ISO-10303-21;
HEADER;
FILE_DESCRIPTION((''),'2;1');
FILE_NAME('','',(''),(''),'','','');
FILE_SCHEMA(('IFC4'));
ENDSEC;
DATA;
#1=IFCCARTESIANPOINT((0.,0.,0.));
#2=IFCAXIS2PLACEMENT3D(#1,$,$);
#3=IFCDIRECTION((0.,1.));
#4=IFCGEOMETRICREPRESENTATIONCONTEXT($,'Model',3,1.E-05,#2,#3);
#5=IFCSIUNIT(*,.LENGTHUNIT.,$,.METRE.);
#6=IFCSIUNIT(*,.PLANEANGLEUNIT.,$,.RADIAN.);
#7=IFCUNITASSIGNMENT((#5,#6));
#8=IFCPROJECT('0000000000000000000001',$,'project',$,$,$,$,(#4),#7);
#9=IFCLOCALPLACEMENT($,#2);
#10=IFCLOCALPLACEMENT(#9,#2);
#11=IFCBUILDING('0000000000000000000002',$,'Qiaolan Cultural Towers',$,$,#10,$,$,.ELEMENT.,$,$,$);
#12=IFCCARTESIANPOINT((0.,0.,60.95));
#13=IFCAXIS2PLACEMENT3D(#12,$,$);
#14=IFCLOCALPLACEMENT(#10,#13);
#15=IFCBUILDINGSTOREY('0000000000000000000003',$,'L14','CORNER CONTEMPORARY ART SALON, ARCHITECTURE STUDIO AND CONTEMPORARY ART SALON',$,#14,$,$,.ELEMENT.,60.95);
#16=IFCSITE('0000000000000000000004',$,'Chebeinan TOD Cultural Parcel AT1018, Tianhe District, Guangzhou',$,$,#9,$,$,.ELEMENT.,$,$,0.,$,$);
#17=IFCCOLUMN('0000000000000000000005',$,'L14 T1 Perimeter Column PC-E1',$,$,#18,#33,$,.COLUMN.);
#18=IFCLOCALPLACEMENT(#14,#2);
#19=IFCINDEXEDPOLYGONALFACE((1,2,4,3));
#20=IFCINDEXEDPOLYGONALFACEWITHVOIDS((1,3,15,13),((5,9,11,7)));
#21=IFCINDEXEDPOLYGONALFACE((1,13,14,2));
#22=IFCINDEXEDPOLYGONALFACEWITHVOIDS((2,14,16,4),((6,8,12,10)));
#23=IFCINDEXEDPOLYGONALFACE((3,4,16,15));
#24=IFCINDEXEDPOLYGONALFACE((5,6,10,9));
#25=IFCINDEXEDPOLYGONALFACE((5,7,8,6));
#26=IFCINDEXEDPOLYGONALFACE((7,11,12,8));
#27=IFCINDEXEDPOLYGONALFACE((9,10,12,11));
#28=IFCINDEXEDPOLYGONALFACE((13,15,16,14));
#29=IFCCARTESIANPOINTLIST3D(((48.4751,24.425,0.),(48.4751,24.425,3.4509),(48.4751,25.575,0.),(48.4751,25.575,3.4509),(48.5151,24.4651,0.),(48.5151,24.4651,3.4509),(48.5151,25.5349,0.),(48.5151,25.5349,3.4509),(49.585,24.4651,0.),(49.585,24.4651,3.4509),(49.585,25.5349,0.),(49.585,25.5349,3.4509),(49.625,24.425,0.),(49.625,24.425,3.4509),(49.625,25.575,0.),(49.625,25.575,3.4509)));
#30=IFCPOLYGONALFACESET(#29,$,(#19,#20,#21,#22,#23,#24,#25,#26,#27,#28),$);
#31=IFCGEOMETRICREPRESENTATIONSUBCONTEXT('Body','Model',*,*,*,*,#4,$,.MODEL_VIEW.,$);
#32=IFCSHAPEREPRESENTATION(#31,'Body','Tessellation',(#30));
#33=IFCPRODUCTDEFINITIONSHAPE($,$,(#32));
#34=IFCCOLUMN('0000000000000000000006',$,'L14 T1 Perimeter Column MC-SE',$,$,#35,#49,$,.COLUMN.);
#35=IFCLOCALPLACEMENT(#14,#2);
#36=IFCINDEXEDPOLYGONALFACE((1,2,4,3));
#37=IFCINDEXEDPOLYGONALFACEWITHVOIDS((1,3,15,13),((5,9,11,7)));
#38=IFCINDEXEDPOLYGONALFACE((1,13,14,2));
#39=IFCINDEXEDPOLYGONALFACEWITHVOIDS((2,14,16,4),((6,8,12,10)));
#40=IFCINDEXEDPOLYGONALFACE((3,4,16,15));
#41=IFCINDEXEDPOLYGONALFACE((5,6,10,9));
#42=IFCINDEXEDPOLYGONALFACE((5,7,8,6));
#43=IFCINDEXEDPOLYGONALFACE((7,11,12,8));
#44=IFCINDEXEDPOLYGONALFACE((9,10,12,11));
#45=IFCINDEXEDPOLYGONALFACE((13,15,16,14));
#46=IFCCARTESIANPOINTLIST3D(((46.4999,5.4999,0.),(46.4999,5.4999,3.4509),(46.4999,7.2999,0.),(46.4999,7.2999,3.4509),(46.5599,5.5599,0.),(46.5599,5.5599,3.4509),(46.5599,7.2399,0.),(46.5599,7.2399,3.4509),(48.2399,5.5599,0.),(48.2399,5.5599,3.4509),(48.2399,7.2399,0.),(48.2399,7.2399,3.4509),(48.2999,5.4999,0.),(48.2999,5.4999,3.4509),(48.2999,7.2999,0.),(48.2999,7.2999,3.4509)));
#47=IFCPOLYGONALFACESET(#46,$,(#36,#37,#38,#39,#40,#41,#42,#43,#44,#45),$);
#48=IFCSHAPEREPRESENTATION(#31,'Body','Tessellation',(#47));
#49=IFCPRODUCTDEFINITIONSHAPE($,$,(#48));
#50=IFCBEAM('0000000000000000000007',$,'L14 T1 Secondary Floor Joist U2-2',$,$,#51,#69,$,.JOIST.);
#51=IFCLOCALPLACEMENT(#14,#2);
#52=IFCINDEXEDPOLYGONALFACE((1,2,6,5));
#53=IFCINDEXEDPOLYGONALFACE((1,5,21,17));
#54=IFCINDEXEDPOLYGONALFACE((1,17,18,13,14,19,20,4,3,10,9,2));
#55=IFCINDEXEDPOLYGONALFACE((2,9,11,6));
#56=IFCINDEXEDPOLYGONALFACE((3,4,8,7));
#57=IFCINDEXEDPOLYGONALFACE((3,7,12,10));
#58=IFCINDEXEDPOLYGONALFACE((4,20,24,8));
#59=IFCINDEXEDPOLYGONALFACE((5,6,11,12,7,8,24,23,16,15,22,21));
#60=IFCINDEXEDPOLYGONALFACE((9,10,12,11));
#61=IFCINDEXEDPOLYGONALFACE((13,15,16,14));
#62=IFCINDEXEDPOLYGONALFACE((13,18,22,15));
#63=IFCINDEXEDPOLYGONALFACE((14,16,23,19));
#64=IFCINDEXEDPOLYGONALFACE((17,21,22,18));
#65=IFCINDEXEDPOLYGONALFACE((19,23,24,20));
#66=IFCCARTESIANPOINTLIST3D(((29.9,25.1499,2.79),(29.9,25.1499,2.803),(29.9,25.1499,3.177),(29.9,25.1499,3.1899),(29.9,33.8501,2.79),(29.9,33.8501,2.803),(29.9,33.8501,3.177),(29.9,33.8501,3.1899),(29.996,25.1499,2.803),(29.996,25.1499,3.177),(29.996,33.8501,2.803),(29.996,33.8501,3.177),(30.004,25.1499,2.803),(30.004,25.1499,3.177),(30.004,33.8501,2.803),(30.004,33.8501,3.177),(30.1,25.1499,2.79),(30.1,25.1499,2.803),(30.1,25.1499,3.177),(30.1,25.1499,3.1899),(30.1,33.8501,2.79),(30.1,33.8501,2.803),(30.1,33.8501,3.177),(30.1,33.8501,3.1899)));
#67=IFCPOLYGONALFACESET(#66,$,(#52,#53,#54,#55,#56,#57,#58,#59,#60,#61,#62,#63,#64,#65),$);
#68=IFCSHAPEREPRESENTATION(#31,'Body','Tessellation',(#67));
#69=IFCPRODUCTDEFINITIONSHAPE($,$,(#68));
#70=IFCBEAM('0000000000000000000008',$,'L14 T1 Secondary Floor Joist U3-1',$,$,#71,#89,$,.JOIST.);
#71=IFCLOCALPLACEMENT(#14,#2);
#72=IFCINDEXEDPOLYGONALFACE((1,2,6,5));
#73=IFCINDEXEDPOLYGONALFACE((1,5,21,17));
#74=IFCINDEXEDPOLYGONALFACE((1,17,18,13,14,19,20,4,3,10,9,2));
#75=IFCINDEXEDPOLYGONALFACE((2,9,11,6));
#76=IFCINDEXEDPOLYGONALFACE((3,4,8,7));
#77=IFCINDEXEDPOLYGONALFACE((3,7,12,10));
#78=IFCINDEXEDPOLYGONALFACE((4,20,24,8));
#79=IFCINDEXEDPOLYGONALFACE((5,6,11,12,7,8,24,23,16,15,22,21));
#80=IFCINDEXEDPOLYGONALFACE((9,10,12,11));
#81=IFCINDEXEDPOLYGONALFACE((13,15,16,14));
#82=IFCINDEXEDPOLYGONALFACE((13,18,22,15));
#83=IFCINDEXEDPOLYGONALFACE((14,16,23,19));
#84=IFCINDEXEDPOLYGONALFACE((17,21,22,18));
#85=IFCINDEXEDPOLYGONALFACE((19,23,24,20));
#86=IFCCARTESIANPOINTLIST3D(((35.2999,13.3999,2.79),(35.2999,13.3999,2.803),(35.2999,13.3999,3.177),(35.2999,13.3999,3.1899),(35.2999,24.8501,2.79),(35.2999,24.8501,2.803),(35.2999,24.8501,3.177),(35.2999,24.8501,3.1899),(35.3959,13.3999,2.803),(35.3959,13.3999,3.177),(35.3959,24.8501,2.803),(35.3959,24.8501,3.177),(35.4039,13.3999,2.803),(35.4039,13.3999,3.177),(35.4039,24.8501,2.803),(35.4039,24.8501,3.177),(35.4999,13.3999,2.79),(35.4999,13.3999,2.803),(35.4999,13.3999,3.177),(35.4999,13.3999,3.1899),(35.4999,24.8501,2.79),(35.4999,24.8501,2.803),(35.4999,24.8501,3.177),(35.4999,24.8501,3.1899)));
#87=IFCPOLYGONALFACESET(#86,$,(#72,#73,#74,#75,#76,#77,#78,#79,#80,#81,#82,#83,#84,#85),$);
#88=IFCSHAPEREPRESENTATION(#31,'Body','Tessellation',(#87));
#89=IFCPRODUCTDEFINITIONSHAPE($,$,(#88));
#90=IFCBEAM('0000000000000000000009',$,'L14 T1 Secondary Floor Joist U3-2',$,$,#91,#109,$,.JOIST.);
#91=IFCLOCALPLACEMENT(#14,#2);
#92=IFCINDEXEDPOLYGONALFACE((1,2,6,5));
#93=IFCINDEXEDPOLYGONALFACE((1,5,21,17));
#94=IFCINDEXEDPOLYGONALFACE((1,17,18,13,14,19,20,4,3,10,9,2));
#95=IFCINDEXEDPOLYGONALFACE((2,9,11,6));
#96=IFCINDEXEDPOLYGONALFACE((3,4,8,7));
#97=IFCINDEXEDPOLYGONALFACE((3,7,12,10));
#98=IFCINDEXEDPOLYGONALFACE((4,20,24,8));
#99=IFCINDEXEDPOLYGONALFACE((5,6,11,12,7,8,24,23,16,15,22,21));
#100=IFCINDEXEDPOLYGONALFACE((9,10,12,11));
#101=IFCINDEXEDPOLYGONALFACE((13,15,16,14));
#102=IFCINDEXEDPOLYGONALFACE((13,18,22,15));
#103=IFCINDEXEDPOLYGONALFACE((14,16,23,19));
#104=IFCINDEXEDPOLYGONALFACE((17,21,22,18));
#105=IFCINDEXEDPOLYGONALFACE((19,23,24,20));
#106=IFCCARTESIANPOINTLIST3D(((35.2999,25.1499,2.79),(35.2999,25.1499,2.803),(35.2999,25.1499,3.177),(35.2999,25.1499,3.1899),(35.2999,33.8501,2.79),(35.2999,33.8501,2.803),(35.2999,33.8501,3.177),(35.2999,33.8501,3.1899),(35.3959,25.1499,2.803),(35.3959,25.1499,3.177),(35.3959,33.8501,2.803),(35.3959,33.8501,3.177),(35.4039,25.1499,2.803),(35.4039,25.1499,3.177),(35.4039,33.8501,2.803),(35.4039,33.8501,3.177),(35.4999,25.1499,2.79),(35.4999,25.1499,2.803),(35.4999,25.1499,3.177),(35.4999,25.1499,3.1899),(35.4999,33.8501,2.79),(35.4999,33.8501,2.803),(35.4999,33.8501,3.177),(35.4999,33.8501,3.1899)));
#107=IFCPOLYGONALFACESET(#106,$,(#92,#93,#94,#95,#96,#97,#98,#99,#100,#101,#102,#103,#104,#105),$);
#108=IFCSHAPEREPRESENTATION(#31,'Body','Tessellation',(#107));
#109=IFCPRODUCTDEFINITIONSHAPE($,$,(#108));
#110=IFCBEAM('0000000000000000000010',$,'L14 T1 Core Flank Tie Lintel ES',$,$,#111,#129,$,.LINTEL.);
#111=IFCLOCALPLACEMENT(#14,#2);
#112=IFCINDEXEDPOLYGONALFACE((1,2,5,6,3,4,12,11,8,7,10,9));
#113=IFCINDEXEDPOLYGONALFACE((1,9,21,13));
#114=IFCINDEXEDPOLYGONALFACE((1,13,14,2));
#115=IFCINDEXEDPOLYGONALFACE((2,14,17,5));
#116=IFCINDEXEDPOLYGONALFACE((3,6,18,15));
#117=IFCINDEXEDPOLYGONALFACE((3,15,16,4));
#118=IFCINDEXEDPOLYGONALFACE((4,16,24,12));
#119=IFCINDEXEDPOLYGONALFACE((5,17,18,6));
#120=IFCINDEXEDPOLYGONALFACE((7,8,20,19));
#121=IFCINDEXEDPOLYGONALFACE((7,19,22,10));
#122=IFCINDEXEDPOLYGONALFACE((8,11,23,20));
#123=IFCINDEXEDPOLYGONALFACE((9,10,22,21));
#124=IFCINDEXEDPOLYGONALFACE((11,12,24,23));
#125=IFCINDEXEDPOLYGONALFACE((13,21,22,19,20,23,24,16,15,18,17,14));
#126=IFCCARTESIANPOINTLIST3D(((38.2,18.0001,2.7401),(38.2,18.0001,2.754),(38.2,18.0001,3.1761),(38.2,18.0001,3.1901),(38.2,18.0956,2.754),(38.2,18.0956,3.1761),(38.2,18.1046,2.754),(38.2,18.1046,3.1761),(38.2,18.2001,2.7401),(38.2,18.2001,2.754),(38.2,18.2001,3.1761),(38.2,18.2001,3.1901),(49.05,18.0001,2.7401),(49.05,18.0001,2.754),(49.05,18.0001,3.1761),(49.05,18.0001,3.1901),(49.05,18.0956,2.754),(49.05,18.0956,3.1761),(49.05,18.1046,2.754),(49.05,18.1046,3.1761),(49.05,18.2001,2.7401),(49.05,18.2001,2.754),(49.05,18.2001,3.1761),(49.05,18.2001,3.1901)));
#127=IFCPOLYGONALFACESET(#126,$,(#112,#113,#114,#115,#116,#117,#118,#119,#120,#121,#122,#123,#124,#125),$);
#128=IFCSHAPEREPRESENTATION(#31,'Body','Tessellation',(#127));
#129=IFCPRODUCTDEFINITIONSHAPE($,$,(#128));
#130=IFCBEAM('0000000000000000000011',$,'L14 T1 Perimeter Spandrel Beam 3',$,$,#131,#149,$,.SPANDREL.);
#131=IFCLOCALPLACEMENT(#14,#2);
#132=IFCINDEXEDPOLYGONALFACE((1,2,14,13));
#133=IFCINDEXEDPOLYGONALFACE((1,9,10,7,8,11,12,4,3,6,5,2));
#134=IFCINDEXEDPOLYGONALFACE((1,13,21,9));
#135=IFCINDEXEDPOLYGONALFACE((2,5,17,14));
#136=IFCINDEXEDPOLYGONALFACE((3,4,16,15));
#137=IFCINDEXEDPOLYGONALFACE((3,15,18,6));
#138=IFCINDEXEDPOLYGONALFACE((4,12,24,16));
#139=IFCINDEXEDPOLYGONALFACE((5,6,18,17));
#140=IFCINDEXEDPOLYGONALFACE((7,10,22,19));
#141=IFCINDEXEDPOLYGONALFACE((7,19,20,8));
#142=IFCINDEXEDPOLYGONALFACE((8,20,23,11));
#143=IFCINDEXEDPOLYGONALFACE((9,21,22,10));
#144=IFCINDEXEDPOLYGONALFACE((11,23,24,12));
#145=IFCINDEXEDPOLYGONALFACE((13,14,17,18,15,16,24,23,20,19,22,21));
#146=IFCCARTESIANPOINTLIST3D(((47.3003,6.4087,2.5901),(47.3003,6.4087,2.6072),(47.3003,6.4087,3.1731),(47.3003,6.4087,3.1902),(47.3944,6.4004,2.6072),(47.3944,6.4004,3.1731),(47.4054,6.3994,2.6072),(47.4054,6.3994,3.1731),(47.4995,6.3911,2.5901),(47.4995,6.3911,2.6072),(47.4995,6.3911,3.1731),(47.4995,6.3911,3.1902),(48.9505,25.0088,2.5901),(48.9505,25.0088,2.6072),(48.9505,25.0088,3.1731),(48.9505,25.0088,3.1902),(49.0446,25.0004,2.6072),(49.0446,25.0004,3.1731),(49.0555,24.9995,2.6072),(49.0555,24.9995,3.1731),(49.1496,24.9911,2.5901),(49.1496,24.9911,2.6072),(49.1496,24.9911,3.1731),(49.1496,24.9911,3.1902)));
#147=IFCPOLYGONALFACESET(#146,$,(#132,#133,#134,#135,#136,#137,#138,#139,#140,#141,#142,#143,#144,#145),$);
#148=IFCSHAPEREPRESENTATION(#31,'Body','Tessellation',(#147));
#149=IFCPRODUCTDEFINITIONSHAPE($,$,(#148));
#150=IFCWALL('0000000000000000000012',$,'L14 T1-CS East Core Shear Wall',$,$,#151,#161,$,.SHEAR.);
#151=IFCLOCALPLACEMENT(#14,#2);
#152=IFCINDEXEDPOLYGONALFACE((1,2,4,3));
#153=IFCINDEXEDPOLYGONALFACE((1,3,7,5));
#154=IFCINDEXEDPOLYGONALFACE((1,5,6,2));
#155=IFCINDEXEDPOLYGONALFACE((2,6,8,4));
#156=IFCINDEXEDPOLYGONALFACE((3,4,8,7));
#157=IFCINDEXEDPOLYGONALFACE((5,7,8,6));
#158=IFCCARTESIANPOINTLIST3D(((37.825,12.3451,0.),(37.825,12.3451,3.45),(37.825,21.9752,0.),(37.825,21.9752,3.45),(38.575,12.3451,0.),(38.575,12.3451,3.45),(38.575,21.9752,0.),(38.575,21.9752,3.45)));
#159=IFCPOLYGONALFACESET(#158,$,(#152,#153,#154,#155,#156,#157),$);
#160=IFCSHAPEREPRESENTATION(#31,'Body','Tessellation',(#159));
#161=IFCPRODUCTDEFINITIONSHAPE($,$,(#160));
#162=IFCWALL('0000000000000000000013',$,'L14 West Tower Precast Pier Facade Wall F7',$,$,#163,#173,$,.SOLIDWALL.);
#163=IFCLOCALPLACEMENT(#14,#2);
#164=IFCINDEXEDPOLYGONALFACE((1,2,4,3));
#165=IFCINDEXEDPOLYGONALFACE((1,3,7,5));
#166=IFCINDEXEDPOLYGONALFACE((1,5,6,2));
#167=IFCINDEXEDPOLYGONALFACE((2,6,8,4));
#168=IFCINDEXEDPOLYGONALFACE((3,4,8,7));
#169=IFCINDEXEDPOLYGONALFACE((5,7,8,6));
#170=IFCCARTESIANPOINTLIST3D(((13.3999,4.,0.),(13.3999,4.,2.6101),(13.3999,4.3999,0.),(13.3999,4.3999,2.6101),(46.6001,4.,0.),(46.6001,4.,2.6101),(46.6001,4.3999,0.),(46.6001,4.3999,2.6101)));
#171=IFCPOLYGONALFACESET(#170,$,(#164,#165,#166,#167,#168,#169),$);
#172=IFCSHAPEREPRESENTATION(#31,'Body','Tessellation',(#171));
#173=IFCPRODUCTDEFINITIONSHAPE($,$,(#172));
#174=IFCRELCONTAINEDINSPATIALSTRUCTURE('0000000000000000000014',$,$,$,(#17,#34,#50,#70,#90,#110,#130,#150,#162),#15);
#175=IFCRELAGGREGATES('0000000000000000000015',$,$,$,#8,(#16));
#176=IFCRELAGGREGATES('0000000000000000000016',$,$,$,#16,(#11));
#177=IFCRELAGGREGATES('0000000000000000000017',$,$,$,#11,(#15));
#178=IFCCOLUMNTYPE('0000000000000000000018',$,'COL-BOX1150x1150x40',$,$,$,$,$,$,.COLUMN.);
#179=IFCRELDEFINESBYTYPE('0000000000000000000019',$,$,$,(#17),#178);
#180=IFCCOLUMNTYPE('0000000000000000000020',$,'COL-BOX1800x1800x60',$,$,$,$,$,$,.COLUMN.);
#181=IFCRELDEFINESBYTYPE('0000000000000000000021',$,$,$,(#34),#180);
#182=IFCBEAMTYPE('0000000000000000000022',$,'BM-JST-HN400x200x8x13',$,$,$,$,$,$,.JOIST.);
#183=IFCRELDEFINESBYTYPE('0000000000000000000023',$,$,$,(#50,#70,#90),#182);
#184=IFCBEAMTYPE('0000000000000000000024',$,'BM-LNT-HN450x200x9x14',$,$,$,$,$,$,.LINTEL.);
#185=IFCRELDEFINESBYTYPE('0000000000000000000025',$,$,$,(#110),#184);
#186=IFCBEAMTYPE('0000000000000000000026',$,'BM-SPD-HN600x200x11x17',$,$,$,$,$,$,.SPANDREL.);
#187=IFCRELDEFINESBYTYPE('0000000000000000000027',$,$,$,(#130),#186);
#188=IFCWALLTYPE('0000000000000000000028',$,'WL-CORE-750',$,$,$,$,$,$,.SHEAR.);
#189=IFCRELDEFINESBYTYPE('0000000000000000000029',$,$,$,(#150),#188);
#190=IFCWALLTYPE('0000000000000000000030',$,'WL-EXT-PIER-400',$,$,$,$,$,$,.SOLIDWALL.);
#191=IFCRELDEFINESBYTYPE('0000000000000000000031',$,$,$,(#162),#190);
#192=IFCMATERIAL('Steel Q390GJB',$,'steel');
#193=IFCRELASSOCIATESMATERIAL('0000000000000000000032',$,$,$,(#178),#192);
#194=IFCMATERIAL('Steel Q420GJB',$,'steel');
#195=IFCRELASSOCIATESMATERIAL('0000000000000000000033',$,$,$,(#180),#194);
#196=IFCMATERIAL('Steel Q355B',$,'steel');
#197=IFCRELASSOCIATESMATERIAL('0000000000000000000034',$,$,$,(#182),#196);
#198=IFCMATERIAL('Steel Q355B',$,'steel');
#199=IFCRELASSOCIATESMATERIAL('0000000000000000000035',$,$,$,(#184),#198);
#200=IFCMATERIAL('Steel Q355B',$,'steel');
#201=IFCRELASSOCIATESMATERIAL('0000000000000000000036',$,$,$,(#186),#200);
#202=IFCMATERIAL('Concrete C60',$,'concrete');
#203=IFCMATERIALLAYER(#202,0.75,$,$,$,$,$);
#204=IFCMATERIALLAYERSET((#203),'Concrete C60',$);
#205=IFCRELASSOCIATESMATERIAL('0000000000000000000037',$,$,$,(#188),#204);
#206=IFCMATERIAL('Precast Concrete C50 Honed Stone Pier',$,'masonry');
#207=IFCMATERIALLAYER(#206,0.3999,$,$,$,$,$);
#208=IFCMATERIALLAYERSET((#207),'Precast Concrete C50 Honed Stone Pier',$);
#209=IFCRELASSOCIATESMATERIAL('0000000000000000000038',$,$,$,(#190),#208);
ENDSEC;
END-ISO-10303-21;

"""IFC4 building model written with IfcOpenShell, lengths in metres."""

from ifc_helpers import new_model, si_unit, direction, frame, frame_2d, origin, origin_2d, place, context, subcontext, project, spatial, rectangle, hollow_rectangle, i_section, extrude, material, layer, layer_set, material_profile, profile_set, type_object, element, save


model = new_model("IFC4")

# Units and contexts
model_context = context("Model", 3, precision=1e-05, world=origin(), true_north=direction((0.0, 1.0)))
body_context = subcontext(model_context, "Body", "Model", "MODEL_VIEW")
ifc_project = project(units=[si_unit("LENGTHUNIT", "METRE"), si_unit("PLANEANGLEUNIT", "RADIAN")], contexts=[model_context])

# Site, building, storey
site_placement = place(None, origin())
site = spatial("IfcSite", under=ifc_project, at=site_placement, Name="Chebeinan TOD Cultural Parcel AT1018, Tianhe District, Guangzhou", CompositionType="ELEMENT", RefElevation=0.0)
building_placement = place(site_placement, origin())
building = spatial("IfcBuilding", under=site, at=building_placement, Name="Qiaolan Cultural Towers", CompositionType="ELEMENT")
storey_placement = place(building_placement, frame((0.0, 0.0, 60.95)))
storey = spatial("IfcBuildingStorey", under=building, at=storey_placement, Name="L14", Description="CORNER CONTEMPORARY ART SALON, ARCHITECTURE STUDIO AND CONTEMPORARY ART SALON", CompositionType="ELEMENT", Elevation=60.95)

# Columns
ifc_material_1 = material(Name="Steel Q390GJB", Category="steel")
ifc_material_profile_1 = material_profile(ifc_material_1, hollow_rectangle(XDim=1.1499, YDim=1.1499, WallThickness=0.04, at=origin_2d()), Name="BOX1150x1150x40")
ifc_profile_set_1 = profile_set([ifc_material_profile_1], Name="Steel Q390GJB")
column_type_1 = type_object("IfcColumnType", Name="COL-BOX1150x1150x40", PredefinedType="COLUMN", material=ifc_profile_set_1)
column_1_placement = place(storey_placement, frame((49.05, 25.0, 0.0), z_axis=(0.0, 0.0, 1.0), x_axis=(1.0, 0.0, 0.0)))
element("IfcColumn", 1, at=column_1_placement, inside=storey, type_object=column_type_1, Name="L14 T1 Perimeter Column PC-E1", PredefinedType="COLUMN", context=body_context, shape_type="SweptSolid", body=[
    extrude(hollow_rectangle(XDim=1.1499, YDim=1.1499, WallThickness=0.04, at=origin_2d()), origin(), (0.0, 0.0, 1.0), 3.4509),
])
ifc_material_2 = material(Name="Steel Q420GJB", Category="steel")
ifc_material_profile_2 = material_profile(ifc_material_2, hollow_rectangle(XDim=1.8, YDim=1.8, WallThickness=0.0601, at=origin_2d()), Name="BOX1800x1800x60")
ifc_profile_set_2 = profile_set([ifc_material_profile_2], Name="Steel Q420GJB")
column_type_2 = type_object("IfcColumnType", Name="COL-BOX1800x1800x60", PredefinedType="COLUMN", material=ifc_profile_set_2)
column_2_placement = place(storey_placement, frame((47.3999, 6.3999, 0.0), z_axis=(0.0, 0.0, 1.0), x_axis=(1.0, 0.0, 0.0)))
element("IfcColumn", 2, at=column_2_placement, inside=storey, type_object=column_type_2, Name="L14 T1 Perimeter Column MC-SE", PredefinedType="COLUMN", context=body_context, shape_type="SweptSolid", body=[
    extrude(hollow_rectangle(XDim=1.8, YDim=1.8, WallThickness=0.0601, at=origin_2d()), origin(), (0.0, 0.0, 1.0), 3.4509),
])

# Beams
ifc_material_3 = material(Name="Steel Q355B", Category="steel")
ifc_material_profile_3 = material_profile(ifc_material_3, i_section(OverallWidth=0.2, OverallDepth=0.3999, WebThickness=0.0081, FlangeThickness=0.0129, at=origin_2d()), Name="HN400x200x8x13")
ifc_profile_set_3 = profile_set([ifc_material_profile_3], Name="Steel Q355B")
beam_type_1 = type_object("IfcBeamType", Name="BM-JST-HN400x200x8x13", PredefinedType="JOIST", material=ifc_profile_set_3)
beam_1_placement = place(storey_placement, frame((30.0, 25.1499, 2.99), z_axis=(0.0, 1.0, 0.0), x_axis=(-1.0, 0.0, 0.0)))
element("IfcBeam", 3, at=beam_1_placement, inside=storey, type_object=beam_type_1, Name="L14 T1 Secondary Floor Joist U2-2", PredefinedType="JOIST", context=body_context, shape_type="SweptSolid", body=[
    extrude(i_section(OverallWidth=0.2, OverallDepth=0.3999, WebThickness=0.0081, FlangeThickness=0.0129, at=origin_2d()), origin(), (0.0, 0.0, 1.0), 8.7002),
])
beam_2_placement = place(storey_placement, frame((35.3999, 13.3999, 2.99), z_axis=(0.0, 1.0, 0.0), x_axis=(-1.0, 0.0, 0.0)))
element("IfcBeam", 4, at=beam_2_placement, inside=storey, type_object=beam_type_1, Name="L14 T1 Secondary Floor Joist U3-1", PredefinedType="JOIST", context=body_context, shape_type="SweptSolid", body=[
    extrude(i_section(OverallWidth=0.2, OverallDepth=0.3999, WebThickness=0.0081, FlangeThickness=0.0129, at=origin_2d()), origin(), (0.0, 0.0, 1.0), 11.4502),
])
beam_3_placement = place(storey_placement, frame((35.3999, 25.1499, 2.99), z_axis=(0.0, 1.0, 0.0), x_axis=(-1.0, 0.0, 0.0)))
element("IfcBeam", 5, at=beam_3_placement, inside=storey, type_object=beam_type_1, Name="L14 T1 Secondary Floor Joist U3-2", PredefinedType="JOIST", context=body_context, shape_type="SweptSolid", body=[
    extrude(i_section(OverallWidth=0.2, OverallDepth=0.3999, WebThickness=0.0081, FlangeThickness=0.0129, at=origin_2d()), origin(), (0.0, 0.0, 1.0), 8.7002),
])
ifc_material_4 = material(Name="Steel Q355B", Category="steel")
ifc_material_profile_4 = material_profile(ifc_material_4, i_section(OverallWidth=0.2, OverallDepth=0.45, WebThickness=0.009, FlangeThickness=0.0139, at=origin_2d()), Name="HN450x200x9x14")
ifc_profile_set_4 = profile_set([ifc_material_profile_4], Name="Steel Q355B")
beam_type_2 = type_object("IfcBeamType", Name="BM-LNT-HN450x200x9x14", PredefinedType="LINTEL", material=ifc_profile_set_4)
beam_4_placement = place(storey_placement, frame((38.2, 18.1001, 2.9651), z_axis=(1.0, 0.0, 0.0), x_axis=(0.0, 1.0, 0.0)))
element("IfcBeam", 6, at=beam_4_placement, inside=storey, type_object=beam_type_2, Name="L14 T1 Core Flank Tie Lintel ES", PredefinedType="LINTEL", context=body_context, shape_type="SweptSolid", body=[
    extrude(i_section(OverallWidth=0.2, OverallDepth=0.45, WebThickness=0.009, FlangeThickness=0.0139, at=origin_2d()), origin(), (0.0, 0.0, 1.0), 10.8501),
])
ifc_material_5 = material(Name="Steel Q355B", Category="steel")
ifc_material_profile_5 = material_profile(ifc_material_5, i_section(OverallWidth=0.2, OverallDepth=0.6001, WebThickness=0.011, FlangeThickness=0.0171, at=origin_2d()), Name="HN600x200x11x17")
ifc_profile_set_5 = profile_set([ifc_material_profile_5], Name="Steel Q355B")
beam_type_3 = type_object("IfcBeamType", Name="BM-SPD-HN600x200x11x17", PredefinedType="SPANDREL", material=ifc_profile_set_5)
beam_5_placement = place(storey_placement, frame((47.3999, 6.3999, 2.8901), z_axis=(0.08837, 0.996088, 0.0), x_axis=(-0.996088, 0.08837, 0.0)))
element("IfcBeam", 7, at=beam_5_placement, inside=storey, type_object=beam_type_3, Name="L14 T1 Perimeter Spandrel Beam 3", PredefinedType="SPANDREL", context=body_context, shape_type="SweptSolid", body=[
    extrude(i_section(OverallWidth=0.2, OverallDepth=0.6001, WebThickness=0.011, FlangeThickness=0.0171, at=origin_2d()), origin(), (0.0, 0.0, 1.0), 18.6731),
])

# Walls
ifc_material_6 = material(Name="Concrete C60", Category="concrete")
ifc_layer_1 = layer(ifc_material_6, 0.75)
ifc_layer_set_1 = layer_set([ifc_layer_1], Name="Concrete C60")
wall_type_1 = type_object("IfcWallType", Name="WL-CORE-750", PredefinedType="SHEAR", material=ifc_layer_set_1)
wall_1_placement = place(storey_placement, frame((38.2, 21.9751, 0.0), z_axis=(0.0, 0.0, 1.0), x_axis=(0.0, -1.0, 0.0)))
element("IfcWall", 8, at=wall_1_placement, inside=storey, type_object=wall_type_1, Name="L14 T1-CS East Core Shear Wall", PredefinedType="SHEAR", context=body_context, shape_type="SweptSolid", body=[
    extrude(rectangle(XDim=9.6301, YDim=0.75, at=frame_2d((4.8149, 0.0))), origin(), (0.0, 0.0, 1.0), 3.45),
])
ifc_material_7 = material(Name="Precast Concrete C50 Honed Stone Pier", Category="masonry")
ifc_layer_2 = layer(ifc_material_7, 0.3999)
ifc_layer_set_2 = layer_set([ifc_layer_2], Name="Precast Concrete C50 Honed Stone Pier")
wall_type_2 = type_object("IfcWallType", Name="WL-EXT-PIER-400", PredefinedType="SOLIDWALL", material=ifc_layer_set_2)
wall_2_placement = place(storey_placement, frame((46.6001, 4.2, 0.0), z_axis=(0.0, 0.0, 1.0), x_axis=(-1.0, 0.0, 0.0)))
element("IfcWall", 9, at=wall_2_placement, inside=storey, type_object=wall_type_2, Name="L14 West Tower Precast Pier Facade Wall F7", PredefinedType="SOLIDWALL", context=body_context, shape_type="SweptSolid", body=[
    extrude(rectangle(XDim=33.2002, YDim=0.3999, at=frame_2d((16.6001, 0.0))), origin(), (0.0, 0.0, 1.0), 2.6101),
])

save(model, "model.ifc")
